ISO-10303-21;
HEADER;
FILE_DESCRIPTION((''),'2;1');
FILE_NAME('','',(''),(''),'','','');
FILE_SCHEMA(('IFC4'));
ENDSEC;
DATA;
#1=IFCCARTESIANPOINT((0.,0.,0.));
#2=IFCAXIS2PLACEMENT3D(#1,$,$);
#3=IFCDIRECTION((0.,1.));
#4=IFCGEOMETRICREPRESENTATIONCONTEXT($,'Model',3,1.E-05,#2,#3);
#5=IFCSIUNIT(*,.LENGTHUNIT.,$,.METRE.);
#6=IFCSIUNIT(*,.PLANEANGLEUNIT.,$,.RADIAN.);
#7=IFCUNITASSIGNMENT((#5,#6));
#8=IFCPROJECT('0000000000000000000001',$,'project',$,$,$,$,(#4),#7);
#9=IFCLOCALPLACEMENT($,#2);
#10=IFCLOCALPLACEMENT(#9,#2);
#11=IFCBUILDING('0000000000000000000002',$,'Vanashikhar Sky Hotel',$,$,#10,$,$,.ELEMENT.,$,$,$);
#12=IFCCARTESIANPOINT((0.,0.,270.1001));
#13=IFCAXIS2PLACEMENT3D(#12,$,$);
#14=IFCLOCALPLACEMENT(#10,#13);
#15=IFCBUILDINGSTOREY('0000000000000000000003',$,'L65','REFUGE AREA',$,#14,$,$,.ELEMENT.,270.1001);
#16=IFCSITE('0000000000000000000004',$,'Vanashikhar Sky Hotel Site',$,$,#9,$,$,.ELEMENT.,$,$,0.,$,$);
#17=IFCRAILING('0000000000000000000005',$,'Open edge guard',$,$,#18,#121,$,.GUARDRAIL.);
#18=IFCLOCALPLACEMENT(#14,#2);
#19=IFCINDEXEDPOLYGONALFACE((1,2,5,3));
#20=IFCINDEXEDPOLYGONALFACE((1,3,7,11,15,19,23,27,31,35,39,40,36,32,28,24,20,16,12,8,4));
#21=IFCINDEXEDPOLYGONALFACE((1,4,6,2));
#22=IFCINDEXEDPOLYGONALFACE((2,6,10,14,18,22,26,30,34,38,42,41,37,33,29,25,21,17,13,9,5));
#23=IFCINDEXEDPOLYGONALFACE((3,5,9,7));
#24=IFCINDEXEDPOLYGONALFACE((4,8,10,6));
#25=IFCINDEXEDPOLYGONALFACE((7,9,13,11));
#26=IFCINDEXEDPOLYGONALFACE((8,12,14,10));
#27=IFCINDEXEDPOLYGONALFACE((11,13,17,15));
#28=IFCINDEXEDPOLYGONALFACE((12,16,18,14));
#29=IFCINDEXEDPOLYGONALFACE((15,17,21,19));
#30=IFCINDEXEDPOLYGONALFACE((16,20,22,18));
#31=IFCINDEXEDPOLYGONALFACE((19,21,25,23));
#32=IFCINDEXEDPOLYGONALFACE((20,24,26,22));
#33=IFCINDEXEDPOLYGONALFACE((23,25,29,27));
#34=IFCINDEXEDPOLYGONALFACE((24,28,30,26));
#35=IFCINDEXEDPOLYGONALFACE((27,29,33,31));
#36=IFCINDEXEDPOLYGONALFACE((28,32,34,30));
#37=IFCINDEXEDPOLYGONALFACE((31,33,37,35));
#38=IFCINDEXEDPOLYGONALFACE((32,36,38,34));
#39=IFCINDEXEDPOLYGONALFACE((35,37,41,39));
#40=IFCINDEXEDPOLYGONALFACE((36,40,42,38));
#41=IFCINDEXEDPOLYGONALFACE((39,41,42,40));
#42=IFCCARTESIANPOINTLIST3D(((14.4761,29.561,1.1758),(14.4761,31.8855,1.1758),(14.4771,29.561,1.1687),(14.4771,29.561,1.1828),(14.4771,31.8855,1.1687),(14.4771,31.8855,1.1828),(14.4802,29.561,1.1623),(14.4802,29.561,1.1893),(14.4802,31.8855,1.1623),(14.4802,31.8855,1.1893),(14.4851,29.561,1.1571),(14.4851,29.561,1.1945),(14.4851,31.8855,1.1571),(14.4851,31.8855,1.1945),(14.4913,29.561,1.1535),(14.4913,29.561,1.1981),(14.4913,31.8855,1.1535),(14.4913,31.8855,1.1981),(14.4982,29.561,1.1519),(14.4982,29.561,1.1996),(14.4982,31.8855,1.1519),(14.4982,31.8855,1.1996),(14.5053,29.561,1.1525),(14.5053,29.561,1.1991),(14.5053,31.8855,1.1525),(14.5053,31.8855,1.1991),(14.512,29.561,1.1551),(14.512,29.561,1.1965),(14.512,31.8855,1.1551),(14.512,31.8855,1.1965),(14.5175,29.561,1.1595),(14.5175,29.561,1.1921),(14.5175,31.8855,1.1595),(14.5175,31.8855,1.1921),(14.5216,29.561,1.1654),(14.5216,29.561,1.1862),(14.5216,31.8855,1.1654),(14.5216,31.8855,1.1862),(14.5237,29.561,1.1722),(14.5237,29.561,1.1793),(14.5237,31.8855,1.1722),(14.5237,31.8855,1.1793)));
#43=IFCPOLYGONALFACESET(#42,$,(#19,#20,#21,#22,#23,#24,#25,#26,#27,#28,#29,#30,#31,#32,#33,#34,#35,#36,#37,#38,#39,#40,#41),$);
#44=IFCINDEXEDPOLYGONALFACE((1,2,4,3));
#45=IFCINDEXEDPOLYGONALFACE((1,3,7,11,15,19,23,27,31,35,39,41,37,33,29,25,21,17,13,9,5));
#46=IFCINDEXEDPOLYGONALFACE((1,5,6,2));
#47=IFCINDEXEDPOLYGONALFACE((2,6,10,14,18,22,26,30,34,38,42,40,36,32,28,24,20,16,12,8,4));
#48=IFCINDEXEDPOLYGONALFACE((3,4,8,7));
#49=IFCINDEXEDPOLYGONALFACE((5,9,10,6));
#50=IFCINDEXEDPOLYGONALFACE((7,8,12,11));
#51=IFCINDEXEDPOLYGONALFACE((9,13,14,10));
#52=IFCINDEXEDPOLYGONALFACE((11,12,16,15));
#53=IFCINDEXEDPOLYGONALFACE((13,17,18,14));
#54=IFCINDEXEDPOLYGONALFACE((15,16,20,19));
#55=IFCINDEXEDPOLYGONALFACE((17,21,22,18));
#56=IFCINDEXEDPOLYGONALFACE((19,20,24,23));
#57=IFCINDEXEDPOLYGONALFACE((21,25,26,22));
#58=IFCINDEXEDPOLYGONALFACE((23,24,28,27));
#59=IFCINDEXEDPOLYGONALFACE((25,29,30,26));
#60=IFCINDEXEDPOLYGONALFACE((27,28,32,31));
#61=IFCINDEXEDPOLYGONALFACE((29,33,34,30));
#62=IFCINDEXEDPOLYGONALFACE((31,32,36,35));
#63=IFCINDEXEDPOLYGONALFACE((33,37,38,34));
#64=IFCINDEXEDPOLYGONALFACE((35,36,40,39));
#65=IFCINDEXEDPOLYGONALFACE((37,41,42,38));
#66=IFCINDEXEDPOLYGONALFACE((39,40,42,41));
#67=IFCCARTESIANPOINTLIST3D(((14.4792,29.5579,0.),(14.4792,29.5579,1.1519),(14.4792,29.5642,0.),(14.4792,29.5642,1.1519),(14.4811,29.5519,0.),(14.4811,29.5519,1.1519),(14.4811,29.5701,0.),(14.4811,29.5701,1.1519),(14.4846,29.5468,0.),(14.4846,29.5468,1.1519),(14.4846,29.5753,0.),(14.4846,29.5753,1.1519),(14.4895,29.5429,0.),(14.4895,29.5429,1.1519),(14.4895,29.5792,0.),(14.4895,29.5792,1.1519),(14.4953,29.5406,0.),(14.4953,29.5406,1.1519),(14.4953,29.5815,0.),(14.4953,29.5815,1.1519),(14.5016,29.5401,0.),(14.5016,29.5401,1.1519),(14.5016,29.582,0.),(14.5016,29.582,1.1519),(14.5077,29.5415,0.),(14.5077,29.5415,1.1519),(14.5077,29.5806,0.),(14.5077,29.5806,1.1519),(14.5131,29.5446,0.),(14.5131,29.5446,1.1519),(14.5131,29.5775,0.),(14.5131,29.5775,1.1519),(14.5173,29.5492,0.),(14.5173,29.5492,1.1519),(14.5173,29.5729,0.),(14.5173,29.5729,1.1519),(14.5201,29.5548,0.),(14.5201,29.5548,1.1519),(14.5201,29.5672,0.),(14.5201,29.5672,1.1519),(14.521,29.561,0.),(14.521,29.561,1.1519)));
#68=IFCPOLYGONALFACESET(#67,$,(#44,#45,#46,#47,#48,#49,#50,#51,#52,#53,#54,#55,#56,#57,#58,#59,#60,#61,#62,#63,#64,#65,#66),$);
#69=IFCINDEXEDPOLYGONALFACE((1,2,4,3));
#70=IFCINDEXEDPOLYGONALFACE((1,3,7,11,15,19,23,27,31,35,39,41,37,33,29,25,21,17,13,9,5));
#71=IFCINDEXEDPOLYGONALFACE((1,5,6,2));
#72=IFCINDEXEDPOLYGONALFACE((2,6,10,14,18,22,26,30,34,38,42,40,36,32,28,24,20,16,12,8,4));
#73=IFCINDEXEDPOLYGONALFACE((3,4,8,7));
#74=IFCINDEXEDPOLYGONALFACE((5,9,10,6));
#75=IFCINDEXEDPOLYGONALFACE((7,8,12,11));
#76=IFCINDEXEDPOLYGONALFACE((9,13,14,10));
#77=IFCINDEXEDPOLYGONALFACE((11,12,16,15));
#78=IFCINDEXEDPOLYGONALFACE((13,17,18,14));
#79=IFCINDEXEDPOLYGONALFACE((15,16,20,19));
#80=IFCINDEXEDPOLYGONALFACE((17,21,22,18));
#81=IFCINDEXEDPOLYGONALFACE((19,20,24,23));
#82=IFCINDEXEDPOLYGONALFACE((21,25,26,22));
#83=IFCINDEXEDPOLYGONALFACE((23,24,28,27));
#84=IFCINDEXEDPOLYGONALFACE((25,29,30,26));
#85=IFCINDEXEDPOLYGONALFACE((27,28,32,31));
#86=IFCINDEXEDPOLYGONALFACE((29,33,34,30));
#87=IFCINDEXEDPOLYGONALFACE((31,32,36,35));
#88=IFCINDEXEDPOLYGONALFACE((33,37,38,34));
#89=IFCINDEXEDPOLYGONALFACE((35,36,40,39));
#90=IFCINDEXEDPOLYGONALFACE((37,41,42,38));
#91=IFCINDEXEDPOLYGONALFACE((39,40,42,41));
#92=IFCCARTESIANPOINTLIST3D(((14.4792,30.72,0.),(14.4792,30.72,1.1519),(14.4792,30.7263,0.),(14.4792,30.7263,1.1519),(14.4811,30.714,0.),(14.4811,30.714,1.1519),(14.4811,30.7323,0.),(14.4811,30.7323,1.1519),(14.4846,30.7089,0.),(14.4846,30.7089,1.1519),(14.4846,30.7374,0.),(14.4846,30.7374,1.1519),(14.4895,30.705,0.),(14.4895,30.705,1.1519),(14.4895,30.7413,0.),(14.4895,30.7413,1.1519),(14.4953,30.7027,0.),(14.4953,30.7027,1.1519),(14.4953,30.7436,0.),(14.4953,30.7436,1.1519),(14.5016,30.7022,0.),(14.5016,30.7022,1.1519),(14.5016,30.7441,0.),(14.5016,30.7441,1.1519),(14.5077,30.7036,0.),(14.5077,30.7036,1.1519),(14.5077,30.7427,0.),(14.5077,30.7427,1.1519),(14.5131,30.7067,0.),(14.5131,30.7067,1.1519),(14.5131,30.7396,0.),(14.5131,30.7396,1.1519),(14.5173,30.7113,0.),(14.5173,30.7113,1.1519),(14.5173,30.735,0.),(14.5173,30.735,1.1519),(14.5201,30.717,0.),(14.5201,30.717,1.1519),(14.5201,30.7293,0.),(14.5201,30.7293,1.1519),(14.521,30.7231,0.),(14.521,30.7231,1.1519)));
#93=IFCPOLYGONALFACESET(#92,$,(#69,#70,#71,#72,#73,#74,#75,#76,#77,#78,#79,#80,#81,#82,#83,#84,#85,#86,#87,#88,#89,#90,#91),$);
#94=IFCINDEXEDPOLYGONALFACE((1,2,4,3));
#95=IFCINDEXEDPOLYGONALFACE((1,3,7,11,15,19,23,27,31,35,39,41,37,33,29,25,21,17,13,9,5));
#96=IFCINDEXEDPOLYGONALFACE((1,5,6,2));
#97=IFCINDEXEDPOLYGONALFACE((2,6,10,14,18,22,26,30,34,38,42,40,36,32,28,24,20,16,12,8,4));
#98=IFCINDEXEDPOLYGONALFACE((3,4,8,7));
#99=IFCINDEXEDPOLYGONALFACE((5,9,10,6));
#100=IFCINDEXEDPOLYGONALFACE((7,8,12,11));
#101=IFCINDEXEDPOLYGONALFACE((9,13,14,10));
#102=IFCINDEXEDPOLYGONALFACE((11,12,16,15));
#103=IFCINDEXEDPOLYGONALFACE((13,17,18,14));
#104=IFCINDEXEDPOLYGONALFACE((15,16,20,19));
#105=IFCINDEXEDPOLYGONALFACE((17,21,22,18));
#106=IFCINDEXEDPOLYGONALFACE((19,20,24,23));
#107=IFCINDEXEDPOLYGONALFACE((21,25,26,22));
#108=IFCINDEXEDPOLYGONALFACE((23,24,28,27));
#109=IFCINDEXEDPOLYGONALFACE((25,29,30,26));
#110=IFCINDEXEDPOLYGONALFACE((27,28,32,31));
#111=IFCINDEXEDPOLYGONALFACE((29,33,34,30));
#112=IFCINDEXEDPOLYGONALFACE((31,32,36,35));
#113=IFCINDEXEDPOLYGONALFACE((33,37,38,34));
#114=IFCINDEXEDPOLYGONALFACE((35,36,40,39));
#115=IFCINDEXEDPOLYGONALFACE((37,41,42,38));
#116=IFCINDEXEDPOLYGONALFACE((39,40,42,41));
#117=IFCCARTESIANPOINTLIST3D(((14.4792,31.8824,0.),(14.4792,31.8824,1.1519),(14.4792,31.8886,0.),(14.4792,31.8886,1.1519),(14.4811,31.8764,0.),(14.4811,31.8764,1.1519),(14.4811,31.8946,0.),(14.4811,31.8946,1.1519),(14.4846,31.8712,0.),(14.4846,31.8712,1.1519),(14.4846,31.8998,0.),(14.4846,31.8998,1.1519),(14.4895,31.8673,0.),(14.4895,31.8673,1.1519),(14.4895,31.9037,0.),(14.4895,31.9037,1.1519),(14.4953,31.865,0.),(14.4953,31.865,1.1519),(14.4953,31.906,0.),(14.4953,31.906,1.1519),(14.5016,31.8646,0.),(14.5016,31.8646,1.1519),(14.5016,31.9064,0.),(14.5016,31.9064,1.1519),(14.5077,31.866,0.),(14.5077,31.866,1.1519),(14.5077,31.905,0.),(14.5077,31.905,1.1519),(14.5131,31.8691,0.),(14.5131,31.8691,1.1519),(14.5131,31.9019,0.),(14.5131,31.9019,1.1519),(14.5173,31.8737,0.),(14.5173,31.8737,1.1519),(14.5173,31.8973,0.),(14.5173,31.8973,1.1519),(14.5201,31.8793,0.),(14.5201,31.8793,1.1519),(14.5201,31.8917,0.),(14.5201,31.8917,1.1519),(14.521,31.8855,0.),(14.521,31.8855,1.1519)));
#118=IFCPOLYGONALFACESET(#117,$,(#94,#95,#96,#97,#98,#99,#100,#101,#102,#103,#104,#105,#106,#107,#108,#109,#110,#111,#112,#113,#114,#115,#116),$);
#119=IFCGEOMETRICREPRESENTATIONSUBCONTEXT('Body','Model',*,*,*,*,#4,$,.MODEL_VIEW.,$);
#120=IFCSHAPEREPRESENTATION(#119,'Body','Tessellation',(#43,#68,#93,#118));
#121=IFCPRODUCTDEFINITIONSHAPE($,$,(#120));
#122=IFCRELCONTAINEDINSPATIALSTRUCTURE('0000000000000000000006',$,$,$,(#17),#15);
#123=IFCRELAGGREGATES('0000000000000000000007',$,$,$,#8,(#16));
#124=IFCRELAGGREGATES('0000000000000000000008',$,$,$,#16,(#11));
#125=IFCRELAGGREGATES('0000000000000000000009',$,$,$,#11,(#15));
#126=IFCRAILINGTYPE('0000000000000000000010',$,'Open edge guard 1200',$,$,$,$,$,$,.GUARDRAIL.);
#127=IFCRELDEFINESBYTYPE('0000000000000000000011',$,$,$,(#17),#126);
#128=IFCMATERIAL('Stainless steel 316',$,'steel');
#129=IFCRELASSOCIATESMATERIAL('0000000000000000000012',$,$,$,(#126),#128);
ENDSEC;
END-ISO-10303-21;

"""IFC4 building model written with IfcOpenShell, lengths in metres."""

from ifc_helpers import new_model, si_unit, direction, frame, origin, origin_2d, place, context, subcontext, project, spatial, circle, extrude, source, transform, mapped, material, type_object, element, save


model = new_model("IFC4")

# Units and contexts
model_context = context("Model", 3, precision=1e-05, world=origin(), true_north=direction((0.0, 1.0)))
body_context = subcontext(model_context, "Body", "Model", "MODEL_VIEW")
ifc_project = project(units=[si_unit("LENGTHUNIT", "METRE"), si_unit("PLANEANGLEUNIT", "RADIAN")], contexts=[model_context])

# Site, building, storey
site_placement = place(None, origin())
site = spatial("IfcSite", under=ifc_project, at=site_placement, Name="Vanashikhar Sky Hotel Site", CompositionType="ELEMENT", RefElevation=0.0)
building_placement = place(site_placement, origin())
building = spatial("IfcBuilding", under=site, at=building_placement, Name="Vanashikhar Sky Hotel", CompositionType="ELEMENT")
storey_placement = place(building_placement, frame((0.0, 0.0, 270.1001)))
storey = spatial("IfcBuildingStorey", under=building, at=storey_placement, Name="L65", Description="REFUGE AREA", CompositionType="ELEMENT", Elevation=270.1001)

# Railing
ifc_material_1 = material(Name="Stainless steel 316", Category="steel")
railing_type_1 = type_object("IfcRailingType", Name="Open edge guard 1200", PredefinedType="GUARDRAIL", material=ifc_material_1)
shared_shape_1 = source(origin(), body_context, "Body", "SweptSolid", [
    extrude(circle(Radius=0.0239, at=origin_2d()), frame((0.0, 0.0, 1.1758), z_axis=(0.0, 1.0, 0.0), x_axis=(-1.0, 0.0, 0.0)), (0.0, 0.0, 1.0), 2.3245),
    extrude(circle(Radius=0.021, at=origin_2d()), origin(), (0.0, 0.0, 1.0), 1.1519),
    extrude(circle(Radius=0.021, at=origin_2d()), frame((0.0, 1.1621, 0.0)), (0.0, 0.0, 1.0), 1.1519),
    extrude(circle(Radius=0.021, at=origin_2d()), frame((0.0, 2.3245, 0.0)), (0.0, 0.0, 1.0), 1.1519),
])
for number, where, name in (
    (1, (14.5, 29.561, 0.0), "Open edge guard"),
):
    element("IfcRailing", number, at=place(storey_placement, frame(where)), inside=storey, type_object=railing_type_1, Name=name, PredefinedType="GUARDRAIL", context=body_context, shape_type="MappedRepresentation", body=[
        mapped(shared_shape_1, transform((0.0, 0.0, 0.0), scale=1.0)),
    ])

save(model, "model.ifc")
